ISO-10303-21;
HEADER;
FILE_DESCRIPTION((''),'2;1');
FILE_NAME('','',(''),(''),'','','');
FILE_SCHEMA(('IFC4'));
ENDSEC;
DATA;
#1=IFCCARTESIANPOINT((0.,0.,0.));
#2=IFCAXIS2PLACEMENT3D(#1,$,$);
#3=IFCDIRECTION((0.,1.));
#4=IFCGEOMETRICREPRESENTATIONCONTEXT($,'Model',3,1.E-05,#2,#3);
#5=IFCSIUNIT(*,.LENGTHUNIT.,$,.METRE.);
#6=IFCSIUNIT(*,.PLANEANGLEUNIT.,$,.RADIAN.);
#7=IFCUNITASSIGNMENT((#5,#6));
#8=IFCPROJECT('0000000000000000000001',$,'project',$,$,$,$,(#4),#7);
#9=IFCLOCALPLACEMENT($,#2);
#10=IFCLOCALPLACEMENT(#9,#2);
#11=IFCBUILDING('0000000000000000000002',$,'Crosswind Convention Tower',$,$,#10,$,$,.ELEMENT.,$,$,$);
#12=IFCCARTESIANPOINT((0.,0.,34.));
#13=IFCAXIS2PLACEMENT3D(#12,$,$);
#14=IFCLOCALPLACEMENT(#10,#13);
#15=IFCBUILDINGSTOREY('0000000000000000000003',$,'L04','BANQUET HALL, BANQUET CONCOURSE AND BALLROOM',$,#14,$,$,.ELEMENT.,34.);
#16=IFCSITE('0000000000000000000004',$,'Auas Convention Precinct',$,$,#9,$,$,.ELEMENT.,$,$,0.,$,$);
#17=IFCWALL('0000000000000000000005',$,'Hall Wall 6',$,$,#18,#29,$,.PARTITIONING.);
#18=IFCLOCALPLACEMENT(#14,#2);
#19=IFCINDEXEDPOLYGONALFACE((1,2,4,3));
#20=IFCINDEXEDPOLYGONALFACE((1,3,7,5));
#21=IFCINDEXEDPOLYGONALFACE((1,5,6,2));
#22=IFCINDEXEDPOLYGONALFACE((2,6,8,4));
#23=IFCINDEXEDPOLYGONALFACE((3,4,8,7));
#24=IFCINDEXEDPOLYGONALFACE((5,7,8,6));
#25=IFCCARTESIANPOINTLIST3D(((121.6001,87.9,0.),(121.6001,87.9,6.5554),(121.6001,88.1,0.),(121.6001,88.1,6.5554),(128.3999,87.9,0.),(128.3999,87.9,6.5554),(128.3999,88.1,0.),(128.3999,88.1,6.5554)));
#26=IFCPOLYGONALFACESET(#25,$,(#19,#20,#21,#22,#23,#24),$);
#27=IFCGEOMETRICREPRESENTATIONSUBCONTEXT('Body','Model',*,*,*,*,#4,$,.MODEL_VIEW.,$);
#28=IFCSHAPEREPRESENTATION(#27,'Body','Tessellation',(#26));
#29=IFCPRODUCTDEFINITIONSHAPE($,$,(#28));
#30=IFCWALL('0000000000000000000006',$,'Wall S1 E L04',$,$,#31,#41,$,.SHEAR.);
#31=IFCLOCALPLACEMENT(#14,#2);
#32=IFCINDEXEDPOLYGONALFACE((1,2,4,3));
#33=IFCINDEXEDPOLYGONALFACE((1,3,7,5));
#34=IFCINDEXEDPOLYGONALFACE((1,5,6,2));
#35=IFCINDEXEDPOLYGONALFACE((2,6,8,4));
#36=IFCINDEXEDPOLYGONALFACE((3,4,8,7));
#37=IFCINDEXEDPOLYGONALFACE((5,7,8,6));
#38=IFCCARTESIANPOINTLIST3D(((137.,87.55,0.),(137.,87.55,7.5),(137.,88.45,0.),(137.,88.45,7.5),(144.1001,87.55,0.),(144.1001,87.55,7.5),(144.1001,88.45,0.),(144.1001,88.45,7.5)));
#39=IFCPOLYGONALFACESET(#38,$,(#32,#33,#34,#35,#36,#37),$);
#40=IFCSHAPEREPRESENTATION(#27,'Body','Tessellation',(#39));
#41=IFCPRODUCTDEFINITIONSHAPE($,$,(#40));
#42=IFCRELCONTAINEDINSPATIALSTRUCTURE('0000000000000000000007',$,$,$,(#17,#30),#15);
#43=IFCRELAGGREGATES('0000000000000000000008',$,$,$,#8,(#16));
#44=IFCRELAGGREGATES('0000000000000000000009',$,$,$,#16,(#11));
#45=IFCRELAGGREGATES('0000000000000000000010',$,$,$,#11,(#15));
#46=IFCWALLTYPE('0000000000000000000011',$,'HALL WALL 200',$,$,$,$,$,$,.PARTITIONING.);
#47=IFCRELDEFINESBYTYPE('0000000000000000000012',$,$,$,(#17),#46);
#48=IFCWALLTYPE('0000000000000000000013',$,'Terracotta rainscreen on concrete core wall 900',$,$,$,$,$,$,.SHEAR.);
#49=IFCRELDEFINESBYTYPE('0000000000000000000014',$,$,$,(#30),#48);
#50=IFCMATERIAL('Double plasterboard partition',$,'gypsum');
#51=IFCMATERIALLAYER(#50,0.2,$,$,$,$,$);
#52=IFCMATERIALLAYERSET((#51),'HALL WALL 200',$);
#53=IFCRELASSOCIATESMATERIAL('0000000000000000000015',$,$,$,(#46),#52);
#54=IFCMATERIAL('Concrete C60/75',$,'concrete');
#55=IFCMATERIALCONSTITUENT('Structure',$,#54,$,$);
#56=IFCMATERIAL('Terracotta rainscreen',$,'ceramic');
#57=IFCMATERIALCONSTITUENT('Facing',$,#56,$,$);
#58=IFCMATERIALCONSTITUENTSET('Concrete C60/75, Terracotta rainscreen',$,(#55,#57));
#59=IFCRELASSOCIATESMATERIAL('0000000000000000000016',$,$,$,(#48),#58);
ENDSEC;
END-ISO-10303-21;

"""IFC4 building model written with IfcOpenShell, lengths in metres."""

from ifc_helpers import new_model, si_unit, direction, frame, frame_2d, origin, place, context, subcontext, project, spatial, rectangle, extrude, material, layer, layer_set, constituent, constituent_set, type_object, element, save


model = new_model("IFC4")

# Units and contexts
model_context = context("Model", 3, precision=1e-05, world=origin(), true_north=direction((0.0, 1.0)))
body_context = subcontext(model_context, "Body", "Model", "MODEL_VIEW")
ifc_project = project(units=[si_unit("LENGTHUNIT", "METRE"), si_unit("PLANEANGLEUNIT", "RADIAN")], contexts=[model_context])

# Site, building, storey
site_placement = place(None, origin())
site = spatial("IfcSite", under=ifc_project, at=site_placement, Name="Auas Convention Precinct", CompositionType="ELEMENT", RefElevation=0.0)
building_placement = place(site_placement, origin())
building = spatial("IfcBuilding", under=site, at=building_placement, Name="Crosswind Convention Tower", CompositionType="ELEMENT")
storey_placement = place(building_placement, frame((0.0, 0.0, 34.0)))
storey = spatial("IfcBuildingStorey", under=building, at=storey_placement, Name="L04", Description="BANQUET HALL, BANQUET CONCOURSE AND BALLROOM", CompositionType="ELEMENT", Elevation=34.0)

# Wall
ifc_material_1 = material(Name="Double plasterboard partition", Category="gypsum")
ifc_layer_1 = layer(ifc_material_1, 0.2)
ifc_layer_set_1 = layer_set([ifc_layer_1], Name="HALL WALL 200")
wall_type_1 = type_object("IfcWallType", Name="HALL WALL 200", PredefinedType="PARTITIONING", material=ifc_layer_set_1)
wall_1_placement = place(storey_placement, frame((121.6001, 88.0, 0.0), z_axis=(0.0, 0.0, 1.0), x_axis=(1.0, 0.0, 0.0)))
element("IfcWall", 1, at=wall_1_placement, inside=storey, type_object=wall_type_1, Name="Hall Wall 6", PredefinedType="PARTITIONING", context=body_context, shape_type="SweptSolid", body=[
    extrude(rectangle(XDim=6.7998, YDim=0.2, at=frame_2d((3.3999, 0.0))), origin(), (0.0, 0.0, 1.0), 6.5554),
])

# Wall
ifc_material_2 = material(Name="Concrete C60/75", Category="concrete")
ifc_constituent_1 = constituent(ifc_material_2, Name="Structure")
ifc_material_3 = material(Name="Terracotta rainscreen", Category="ceramic")
ifc_constituent_2 = constituent(ifc_material_3, Name="Facing")
ifc_constituent_set = constituent_set(constituents=[ifc_constituent_1, ifc_constituent_2], Name="Concrete C60/75, Terracotta rainscreen")
wall_type_2 = type_object("IfcWallType", Name="Terracotta rainscreen on concrete core wall 900", PredefinedType="SHEAR", material=ifc_constituent_set)
wall_2_placement = place(storey_placement, frame((137.0, 88.0, 0.0), z_axis=(0.0, 0.0, 1.0), x_axis=(1.0, 0.0, 0.0)))
element("IfcWall", 2, at=wall_2_placement, inside=storey, type_object=wall_type_2, Name="Wall S1 E L04", PredefinedType="SHEAR", context=body_context, shape_type="SweptSolid", body=[
    extrude(rectangle(XDim=7.1001, YDim=0.8999, at=frame_2d((3.55, 0.0))), origin(), (0.0, 0.0, 1.0), 7.5),
])

save(model, "model.ifc")
